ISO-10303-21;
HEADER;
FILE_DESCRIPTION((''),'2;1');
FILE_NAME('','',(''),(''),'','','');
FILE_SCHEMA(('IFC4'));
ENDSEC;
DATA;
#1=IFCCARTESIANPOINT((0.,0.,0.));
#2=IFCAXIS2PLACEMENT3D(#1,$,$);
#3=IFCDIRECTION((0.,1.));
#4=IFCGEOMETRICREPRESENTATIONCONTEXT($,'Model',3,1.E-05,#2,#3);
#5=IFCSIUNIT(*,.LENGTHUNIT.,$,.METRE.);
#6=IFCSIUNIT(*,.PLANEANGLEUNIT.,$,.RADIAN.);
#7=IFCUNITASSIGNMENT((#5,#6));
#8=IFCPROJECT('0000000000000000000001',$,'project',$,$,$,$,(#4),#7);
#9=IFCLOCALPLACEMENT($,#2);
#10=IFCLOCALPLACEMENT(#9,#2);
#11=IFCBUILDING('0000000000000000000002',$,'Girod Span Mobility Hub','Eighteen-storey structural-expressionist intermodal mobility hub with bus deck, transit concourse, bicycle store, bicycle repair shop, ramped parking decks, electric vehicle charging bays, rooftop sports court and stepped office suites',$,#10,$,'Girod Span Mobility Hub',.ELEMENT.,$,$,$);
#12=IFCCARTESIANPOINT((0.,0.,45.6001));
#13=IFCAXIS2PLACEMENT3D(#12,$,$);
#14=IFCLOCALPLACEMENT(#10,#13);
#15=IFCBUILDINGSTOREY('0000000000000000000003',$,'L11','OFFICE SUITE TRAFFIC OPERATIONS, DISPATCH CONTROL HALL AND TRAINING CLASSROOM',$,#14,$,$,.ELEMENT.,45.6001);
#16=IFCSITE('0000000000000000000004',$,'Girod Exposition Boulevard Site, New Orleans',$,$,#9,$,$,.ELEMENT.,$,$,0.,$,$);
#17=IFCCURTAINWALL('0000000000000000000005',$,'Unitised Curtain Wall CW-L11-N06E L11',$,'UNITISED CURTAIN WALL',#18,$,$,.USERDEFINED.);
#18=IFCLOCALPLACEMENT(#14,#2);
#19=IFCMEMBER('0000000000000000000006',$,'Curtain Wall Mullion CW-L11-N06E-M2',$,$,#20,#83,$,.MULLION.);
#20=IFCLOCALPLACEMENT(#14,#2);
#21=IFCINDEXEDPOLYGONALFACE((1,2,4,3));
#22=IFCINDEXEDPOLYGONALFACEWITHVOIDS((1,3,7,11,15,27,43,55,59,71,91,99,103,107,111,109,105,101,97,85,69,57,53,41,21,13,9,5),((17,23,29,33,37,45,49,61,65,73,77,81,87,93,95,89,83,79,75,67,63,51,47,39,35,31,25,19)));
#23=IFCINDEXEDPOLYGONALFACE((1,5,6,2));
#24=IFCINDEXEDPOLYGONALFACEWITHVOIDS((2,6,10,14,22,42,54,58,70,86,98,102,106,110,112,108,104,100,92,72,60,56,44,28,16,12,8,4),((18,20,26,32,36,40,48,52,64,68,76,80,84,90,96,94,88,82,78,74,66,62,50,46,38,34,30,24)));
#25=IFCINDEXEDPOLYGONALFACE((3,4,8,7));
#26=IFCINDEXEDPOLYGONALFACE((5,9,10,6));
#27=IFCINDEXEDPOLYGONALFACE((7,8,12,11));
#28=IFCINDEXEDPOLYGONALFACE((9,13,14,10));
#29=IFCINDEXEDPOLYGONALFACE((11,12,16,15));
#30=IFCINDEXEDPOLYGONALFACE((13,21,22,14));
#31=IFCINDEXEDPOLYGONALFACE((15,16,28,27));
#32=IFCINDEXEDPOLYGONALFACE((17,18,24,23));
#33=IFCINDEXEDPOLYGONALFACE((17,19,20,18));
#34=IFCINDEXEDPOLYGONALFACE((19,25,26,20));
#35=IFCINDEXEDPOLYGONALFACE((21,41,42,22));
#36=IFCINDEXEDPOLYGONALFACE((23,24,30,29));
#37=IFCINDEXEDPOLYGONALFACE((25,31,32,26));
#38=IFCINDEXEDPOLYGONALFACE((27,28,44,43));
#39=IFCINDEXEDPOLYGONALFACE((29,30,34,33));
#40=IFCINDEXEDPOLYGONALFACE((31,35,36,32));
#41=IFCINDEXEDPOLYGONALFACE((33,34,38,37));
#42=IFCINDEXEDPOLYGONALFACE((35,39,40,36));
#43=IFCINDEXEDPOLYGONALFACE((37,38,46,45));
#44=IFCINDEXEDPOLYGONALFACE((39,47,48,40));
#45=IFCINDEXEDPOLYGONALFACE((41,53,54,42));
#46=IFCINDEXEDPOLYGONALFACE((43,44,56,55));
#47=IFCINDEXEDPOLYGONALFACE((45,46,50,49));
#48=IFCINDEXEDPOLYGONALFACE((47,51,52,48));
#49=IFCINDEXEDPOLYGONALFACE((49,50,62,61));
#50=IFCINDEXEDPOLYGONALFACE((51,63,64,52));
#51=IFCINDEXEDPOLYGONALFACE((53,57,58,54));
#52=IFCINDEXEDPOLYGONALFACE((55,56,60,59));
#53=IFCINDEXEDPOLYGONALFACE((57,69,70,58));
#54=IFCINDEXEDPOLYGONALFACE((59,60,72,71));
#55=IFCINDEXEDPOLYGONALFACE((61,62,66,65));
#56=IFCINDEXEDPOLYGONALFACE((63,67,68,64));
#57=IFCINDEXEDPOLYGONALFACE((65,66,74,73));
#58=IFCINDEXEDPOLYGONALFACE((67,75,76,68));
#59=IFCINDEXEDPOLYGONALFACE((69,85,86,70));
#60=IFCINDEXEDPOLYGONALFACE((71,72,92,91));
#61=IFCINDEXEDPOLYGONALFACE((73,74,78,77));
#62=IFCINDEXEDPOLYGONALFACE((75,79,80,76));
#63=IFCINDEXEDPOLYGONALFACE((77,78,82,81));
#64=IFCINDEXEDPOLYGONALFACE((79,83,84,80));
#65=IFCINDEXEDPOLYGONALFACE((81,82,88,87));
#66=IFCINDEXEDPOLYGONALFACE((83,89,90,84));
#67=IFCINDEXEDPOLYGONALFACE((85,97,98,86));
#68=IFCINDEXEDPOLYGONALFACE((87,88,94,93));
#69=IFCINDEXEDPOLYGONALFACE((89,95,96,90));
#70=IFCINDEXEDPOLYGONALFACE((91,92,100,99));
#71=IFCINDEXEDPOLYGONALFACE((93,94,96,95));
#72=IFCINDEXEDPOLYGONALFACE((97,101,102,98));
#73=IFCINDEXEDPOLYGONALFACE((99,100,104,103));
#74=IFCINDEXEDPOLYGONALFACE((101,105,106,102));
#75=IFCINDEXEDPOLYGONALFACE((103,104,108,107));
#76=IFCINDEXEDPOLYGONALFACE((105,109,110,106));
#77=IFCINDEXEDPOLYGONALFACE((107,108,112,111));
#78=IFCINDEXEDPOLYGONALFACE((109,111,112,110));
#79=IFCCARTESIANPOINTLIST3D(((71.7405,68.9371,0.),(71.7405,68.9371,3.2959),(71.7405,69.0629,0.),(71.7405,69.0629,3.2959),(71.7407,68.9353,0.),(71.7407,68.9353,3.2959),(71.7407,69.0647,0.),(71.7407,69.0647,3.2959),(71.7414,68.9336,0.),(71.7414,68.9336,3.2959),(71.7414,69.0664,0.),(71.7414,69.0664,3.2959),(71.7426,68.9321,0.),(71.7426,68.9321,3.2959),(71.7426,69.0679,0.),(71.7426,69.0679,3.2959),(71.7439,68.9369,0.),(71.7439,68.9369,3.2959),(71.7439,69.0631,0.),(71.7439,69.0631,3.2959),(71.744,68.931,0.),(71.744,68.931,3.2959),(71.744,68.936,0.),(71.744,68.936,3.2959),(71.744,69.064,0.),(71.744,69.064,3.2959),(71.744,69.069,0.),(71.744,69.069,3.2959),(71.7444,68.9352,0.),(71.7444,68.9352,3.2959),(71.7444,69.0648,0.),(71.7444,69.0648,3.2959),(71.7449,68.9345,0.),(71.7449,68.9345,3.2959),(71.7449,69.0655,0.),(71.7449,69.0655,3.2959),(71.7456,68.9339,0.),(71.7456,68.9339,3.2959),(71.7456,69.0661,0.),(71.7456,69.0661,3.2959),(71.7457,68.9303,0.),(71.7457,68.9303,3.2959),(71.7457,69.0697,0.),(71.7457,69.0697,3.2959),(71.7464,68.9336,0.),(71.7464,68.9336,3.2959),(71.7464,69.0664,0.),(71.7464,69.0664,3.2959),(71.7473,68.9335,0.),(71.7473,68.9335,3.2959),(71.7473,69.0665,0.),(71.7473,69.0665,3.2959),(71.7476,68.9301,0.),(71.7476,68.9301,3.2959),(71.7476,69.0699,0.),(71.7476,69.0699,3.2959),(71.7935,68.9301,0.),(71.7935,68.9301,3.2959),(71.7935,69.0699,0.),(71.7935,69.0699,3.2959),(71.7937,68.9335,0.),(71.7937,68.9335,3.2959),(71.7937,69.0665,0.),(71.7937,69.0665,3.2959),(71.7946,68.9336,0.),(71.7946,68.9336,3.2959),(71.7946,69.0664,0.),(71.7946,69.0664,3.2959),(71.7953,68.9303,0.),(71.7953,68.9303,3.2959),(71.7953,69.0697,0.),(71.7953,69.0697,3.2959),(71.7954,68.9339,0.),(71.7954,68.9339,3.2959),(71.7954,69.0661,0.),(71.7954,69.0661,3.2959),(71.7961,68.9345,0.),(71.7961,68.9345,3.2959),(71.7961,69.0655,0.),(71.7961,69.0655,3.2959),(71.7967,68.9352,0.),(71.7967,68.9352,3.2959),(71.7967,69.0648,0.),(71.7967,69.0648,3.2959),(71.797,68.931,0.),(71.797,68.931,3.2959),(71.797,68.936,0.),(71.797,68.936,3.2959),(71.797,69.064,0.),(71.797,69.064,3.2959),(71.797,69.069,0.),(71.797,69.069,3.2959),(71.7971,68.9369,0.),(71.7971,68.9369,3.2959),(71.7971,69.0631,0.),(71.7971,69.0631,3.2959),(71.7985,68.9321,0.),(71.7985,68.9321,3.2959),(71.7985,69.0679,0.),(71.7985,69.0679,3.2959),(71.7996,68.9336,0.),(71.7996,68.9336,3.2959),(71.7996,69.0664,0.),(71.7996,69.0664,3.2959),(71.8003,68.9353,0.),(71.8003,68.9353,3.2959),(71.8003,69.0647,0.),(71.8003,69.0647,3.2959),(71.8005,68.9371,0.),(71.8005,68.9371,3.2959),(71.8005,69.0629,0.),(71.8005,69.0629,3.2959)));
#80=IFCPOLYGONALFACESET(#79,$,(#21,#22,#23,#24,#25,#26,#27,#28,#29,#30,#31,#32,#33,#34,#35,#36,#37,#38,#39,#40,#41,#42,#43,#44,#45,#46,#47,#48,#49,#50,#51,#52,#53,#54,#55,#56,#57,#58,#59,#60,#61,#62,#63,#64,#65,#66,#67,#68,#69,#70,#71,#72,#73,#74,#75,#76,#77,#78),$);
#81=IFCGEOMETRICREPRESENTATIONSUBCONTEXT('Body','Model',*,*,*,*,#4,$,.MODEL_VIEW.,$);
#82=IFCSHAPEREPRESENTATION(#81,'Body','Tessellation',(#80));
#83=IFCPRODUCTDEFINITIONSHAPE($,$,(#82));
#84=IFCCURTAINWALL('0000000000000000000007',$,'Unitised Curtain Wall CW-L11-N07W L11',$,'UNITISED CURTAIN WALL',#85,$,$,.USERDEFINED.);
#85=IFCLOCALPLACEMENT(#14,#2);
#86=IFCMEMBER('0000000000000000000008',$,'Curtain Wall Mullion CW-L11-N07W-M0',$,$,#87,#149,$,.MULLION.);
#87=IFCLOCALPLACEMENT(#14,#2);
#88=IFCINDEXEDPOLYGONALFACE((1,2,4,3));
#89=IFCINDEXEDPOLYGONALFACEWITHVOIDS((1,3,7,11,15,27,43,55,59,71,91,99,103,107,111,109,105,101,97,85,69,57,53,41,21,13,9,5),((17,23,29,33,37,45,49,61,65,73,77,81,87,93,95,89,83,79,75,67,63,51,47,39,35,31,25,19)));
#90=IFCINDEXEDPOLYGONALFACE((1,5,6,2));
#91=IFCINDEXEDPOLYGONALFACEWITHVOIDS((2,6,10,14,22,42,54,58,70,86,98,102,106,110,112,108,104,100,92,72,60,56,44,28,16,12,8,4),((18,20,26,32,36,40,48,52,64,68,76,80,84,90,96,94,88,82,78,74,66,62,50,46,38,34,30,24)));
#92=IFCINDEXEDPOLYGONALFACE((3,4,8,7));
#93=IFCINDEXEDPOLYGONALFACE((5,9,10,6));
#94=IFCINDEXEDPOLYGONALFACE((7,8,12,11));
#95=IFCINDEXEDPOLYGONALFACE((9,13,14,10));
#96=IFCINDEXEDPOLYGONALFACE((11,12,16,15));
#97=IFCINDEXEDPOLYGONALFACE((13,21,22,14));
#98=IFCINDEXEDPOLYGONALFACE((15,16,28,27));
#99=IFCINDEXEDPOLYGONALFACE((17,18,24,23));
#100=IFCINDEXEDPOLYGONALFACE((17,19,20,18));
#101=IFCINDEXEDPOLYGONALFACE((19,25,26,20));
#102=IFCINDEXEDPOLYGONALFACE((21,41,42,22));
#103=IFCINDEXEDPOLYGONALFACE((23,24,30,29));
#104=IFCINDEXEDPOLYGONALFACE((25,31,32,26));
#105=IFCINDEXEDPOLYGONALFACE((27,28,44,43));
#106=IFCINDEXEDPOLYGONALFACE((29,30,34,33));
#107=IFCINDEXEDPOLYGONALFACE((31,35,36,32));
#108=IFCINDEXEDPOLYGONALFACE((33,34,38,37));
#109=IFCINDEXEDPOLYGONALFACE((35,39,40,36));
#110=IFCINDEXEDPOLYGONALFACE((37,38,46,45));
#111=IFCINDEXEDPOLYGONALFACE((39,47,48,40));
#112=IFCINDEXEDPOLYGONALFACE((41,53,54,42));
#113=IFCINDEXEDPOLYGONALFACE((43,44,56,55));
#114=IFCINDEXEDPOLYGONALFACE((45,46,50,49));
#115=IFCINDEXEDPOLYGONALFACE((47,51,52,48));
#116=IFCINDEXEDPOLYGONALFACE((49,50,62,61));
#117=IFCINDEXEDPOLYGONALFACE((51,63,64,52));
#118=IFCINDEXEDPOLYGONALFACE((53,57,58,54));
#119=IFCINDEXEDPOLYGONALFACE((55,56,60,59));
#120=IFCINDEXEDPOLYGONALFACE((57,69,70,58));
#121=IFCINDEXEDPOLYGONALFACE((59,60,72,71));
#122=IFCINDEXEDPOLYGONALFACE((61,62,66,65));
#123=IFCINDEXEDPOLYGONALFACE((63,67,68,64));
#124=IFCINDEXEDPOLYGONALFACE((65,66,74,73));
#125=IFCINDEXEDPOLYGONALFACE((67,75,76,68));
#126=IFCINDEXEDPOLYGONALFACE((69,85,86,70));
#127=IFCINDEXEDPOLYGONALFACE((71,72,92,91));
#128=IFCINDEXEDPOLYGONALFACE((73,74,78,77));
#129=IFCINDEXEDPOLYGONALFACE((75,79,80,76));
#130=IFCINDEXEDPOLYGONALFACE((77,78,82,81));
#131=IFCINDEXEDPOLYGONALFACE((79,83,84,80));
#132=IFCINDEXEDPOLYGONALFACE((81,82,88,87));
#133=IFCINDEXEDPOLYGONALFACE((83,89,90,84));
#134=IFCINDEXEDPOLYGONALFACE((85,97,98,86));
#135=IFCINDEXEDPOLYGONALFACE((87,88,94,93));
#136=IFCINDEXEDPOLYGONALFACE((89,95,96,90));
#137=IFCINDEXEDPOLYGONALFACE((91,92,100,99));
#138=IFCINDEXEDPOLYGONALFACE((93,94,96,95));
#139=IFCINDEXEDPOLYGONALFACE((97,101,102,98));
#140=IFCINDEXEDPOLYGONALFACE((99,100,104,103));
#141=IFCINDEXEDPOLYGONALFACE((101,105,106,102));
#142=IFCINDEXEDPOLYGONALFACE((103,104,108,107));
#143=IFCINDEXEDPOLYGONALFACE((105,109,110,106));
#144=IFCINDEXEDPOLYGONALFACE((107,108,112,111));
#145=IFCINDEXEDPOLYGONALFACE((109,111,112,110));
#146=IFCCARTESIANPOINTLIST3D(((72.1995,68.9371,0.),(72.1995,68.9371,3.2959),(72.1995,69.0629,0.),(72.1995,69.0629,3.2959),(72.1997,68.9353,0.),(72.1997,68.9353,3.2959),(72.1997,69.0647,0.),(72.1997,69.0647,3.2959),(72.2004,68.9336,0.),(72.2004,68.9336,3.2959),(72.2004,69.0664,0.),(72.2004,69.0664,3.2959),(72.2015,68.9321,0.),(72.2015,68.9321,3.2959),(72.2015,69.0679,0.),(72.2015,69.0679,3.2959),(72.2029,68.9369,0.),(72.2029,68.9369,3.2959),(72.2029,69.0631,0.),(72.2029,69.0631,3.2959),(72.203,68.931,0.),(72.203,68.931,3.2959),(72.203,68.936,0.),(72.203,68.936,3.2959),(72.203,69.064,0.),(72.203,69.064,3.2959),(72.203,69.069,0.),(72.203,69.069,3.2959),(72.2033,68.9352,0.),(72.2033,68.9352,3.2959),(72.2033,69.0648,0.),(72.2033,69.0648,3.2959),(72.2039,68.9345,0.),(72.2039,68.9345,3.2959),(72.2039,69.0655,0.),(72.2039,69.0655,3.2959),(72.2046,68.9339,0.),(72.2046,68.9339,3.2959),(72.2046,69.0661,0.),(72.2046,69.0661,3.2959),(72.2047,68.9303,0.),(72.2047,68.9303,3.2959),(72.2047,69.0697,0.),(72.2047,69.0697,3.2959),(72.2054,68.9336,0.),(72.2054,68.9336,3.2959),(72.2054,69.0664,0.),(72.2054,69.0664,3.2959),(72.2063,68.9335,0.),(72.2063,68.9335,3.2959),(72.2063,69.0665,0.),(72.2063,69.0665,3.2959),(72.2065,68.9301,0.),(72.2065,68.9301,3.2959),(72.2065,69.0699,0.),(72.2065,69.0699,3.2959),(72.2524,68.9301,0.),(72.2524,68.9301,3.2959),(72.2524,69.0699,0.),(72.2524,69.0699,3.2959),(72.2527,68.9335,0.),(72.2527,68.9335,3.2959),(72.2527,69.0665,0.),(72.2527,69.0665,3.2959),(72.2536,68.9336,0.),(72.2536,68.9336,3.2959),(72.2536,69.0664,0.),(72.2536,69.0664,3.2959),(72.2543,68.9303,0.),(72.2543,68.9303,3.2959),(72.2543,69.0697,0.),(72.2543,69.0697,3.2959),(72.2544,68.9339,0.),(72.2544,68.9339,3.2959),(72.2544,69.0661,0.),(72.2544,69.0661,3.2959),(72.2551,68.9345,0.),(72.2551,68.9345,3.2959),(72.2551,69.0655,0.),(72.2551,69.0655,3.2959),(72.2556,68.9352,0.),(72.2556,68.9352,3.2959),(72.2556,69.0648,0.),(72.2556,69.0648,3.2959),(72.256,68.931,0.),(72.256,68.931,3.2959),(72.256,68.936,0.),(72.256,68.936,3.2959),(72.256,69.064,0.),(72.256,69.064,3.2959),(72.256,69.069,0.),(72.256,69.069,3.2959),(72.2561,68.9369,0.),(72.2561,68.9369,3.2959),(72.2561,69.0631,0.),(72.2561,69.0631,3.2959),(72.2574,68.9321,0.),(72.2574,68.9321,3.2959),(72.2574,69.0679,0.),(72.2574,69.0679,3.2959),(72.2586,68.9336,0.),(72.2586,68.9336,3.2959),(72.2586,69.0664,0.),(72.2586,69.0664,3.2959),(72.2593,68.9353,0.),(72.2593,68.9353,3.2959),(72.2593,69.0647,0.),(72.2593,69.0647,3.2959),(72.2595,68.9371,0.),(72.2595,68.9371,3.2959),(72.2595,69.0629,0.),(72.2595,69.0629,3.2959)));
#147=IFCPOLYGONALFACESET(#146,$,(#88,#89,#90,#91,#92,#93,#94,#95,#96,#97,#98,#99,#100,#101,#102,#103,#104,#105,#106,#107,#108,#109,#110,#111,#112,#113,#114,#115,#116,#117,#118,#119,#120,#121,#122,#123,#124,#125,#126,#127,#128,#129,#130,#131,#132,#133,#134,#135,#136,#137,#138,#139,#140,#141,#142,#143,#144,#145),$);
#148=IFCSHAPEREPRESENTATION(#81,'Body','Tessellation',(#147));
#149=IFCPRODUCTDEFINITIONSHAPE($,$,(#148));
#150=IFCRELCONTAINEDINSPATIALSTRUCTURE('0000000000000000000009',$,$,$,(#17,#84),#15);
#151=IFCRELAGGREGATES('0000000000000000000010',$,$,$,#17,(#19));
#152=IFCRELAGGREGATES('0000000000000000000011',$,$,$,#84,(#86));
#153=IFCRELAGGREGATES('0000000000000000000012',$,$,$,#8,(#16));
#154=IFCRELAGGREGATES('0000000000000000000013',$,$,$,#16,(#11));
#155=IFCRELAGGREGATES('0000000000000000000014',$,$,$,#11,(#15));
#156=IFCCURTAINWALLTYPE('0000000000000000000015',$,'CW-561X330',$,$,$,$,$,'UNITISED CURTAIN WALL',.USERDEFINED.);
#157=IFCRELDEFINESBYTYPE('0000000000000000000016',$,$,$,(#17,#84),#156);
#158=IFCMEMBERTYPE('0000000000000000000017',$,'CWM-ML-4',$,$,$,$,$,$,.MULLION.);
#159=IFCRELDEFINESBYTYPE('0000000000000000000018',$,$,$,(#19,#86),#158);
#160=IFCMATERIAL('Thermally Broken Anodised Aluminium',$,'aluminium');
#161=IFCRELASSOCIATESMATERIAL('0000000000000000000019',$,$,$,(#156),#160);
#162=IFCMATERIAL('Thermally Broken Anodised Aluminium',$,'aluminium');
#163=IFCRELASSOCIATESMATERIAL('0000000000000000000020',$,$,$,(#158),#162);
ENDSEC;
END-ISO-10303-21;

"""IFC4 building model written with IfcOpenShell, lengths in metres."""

from ifc_helpers import new_model, si_unit, direction, frame, origin, origin_2d, place, context, subcontext, project, spatial, hollow_rectangle, extrude, material, material_profile, profile_set, type_object, element, aggregate, save


model = new_model("IFC4")

# Units and contexts
model_context = context("Model", 3, precision=1e-05, world=origin(), true_north=direction((0.0, 1.0)))
body_context = subcontext(model_context, "Body", "Model", "MODEL_VIEW")
ifc_project = project(units=[si_unit("LENGTHUNIT", "METRE"), si_unit("PLANEANGLEUNIT", "RADIAN")], contexts=[model_context])

# Site, building, storey
site_placement = place(None, origin())
site = spatial("IfcSite", under=ifc_project, at=site_placement, Name="Girod Exposition Boulevard Site, New Orleans", CompositionType="ELEMENT", RefElevation=0.0)
building_placement = place(site_placement, origin())
building = spatial("IfcBuilding", under=site, at=building_placement, Name="Girod Span Mobility Hub", Description="Eighteen-storey structural-expressionist intermodal mobility hub with bus deck, transit concourse, bicycle store, bicycle repair shop, ramped parking decks, electric vehicle charging bays, rooftop sports court and stepped office suites", LongName="Girod Span Mobility Hub", CompositionType="ELEMENT")
storey_placement = place(building_placement, frame((0.0, 0.0, 45.6001)))
storey = spatial("IfcBuildingStorey", under=building, at=storey_placement, Name="L11", Description="OFFICE SUITE TRAFFIC OPERATIONS, DISPATCH CONTROL HALL AND TRAINING CLASSROOM", CompositionType="ELEMENT", Elevation=45.6001)

# Curtain wall, member
ifc_material_1 = material(Name="Thermally Broken Anodised Aluminium", Category="aluminium")
curtain_wall_type = type_object("IfcCurtainWallType", Name="CW-561X330", ElementType="UNITISED CURTAIN WALL", PredefinedType="USERDEFINED", material=ifc_material_1)
curtain_wall_1_placement = place(storey_placement, origin())
curtain_wall_1 = element("IfcCurtainWall", 1, at=curtain_wall_1_placement, inside=storey, type_object=curtain_wall_type, Name="Unitised Curtain Wall CW-L11-N06E L11", ObjectType="UNITISED CURTAIN WALL", PredefinedType="USERDEFINED")
ifc_material_2 = material(Name="Thermally Broken Anodised Aluminium", Category="aluminium")
ifc_material_profile_1 = material_profile(ifc_material_2, hollow_rectangle(XDim=0.1399, YDim=0.0601, WallThickness=0.0034, InnerFilletRadius=0.0034, OuterFilletRadius=0.0071, at=origin_2d()), Name="CW-ML-60X140")
ifc_profile_set_1 = profile_set([ifc_material_profile_1], Name="Thermally Broken Anodised Aluminium")
member_type_1 = type_object("IfcMemberType", Name="CWM-ML-4", PredefinedType="MULLION", material=ifc_profile_set_1)
member_1_placement = place(storey_placement, frame((71.7705, 69.0, 0.0), z_axis=(0.0, 0.0, 1.0), x_axis=(0.0, 1.0, 0.0)))
member_1 = element("IfcMember", 2, at=member_1_placement, type_object=member_type_1, Name="Curtain Wall Mullion CW-L11-N06E-M2", PredefinedType="MULLION", context=body_context, shape_type="SweptSolid", body=[
    extrude(hollow_rectangle(XDim=0.1399, YDim=0.0601, WallThickness=0.0034, InnerFilletRadius=0.0034, OuterFilletRadius=0.0071, at=origin_2d()), origin(), (0.0, 0.0, 1.0), 3.2959),
])
aggregate(curtain_wall_1, [member_1])

# Curtain wall, member
curtain_wall_2_placement = place(storey_placement, origin())
curtain_wall_2 = element("IfcCurtainWall", 3, at=curtain_wall_2_placement, inside=storey, type_object=curtain_wall_type, Name="Unitised Curtain Wall CW-L11-N07W L11", ObjectType="UNITISED CURTAIN WALL", PredefinedType="USERDEFINED")
member_2_placement = place(storey_placement, frame((72.2295, 69.0, 0.0), z_axis=(0.0, 0.0, 1.0), x_axis=(0.0, 1.0, 0.0)))
member_2 = element("IfcMember", 4, at=member_2_placement, type_object=member_type_1, Name="Curtain Wall Mullion CW-L11-N07W-M0", PredefinedType="MULLION", context=body_context, shape_type="SweptSolid", body=[
    extrude(hollow_rectangle(XDim=0.1399, YDim=0.0601, WallThickness=0.0034, InnerFilletRadius=0.0034, OuterFilletRadius=0.0071, at=origin_2d()), origin(), (0.0, 0.0, 1.0), 3.2959),
])

aggregate(curtain_wall_2, [member_2])

save(model, "model.ifc")
